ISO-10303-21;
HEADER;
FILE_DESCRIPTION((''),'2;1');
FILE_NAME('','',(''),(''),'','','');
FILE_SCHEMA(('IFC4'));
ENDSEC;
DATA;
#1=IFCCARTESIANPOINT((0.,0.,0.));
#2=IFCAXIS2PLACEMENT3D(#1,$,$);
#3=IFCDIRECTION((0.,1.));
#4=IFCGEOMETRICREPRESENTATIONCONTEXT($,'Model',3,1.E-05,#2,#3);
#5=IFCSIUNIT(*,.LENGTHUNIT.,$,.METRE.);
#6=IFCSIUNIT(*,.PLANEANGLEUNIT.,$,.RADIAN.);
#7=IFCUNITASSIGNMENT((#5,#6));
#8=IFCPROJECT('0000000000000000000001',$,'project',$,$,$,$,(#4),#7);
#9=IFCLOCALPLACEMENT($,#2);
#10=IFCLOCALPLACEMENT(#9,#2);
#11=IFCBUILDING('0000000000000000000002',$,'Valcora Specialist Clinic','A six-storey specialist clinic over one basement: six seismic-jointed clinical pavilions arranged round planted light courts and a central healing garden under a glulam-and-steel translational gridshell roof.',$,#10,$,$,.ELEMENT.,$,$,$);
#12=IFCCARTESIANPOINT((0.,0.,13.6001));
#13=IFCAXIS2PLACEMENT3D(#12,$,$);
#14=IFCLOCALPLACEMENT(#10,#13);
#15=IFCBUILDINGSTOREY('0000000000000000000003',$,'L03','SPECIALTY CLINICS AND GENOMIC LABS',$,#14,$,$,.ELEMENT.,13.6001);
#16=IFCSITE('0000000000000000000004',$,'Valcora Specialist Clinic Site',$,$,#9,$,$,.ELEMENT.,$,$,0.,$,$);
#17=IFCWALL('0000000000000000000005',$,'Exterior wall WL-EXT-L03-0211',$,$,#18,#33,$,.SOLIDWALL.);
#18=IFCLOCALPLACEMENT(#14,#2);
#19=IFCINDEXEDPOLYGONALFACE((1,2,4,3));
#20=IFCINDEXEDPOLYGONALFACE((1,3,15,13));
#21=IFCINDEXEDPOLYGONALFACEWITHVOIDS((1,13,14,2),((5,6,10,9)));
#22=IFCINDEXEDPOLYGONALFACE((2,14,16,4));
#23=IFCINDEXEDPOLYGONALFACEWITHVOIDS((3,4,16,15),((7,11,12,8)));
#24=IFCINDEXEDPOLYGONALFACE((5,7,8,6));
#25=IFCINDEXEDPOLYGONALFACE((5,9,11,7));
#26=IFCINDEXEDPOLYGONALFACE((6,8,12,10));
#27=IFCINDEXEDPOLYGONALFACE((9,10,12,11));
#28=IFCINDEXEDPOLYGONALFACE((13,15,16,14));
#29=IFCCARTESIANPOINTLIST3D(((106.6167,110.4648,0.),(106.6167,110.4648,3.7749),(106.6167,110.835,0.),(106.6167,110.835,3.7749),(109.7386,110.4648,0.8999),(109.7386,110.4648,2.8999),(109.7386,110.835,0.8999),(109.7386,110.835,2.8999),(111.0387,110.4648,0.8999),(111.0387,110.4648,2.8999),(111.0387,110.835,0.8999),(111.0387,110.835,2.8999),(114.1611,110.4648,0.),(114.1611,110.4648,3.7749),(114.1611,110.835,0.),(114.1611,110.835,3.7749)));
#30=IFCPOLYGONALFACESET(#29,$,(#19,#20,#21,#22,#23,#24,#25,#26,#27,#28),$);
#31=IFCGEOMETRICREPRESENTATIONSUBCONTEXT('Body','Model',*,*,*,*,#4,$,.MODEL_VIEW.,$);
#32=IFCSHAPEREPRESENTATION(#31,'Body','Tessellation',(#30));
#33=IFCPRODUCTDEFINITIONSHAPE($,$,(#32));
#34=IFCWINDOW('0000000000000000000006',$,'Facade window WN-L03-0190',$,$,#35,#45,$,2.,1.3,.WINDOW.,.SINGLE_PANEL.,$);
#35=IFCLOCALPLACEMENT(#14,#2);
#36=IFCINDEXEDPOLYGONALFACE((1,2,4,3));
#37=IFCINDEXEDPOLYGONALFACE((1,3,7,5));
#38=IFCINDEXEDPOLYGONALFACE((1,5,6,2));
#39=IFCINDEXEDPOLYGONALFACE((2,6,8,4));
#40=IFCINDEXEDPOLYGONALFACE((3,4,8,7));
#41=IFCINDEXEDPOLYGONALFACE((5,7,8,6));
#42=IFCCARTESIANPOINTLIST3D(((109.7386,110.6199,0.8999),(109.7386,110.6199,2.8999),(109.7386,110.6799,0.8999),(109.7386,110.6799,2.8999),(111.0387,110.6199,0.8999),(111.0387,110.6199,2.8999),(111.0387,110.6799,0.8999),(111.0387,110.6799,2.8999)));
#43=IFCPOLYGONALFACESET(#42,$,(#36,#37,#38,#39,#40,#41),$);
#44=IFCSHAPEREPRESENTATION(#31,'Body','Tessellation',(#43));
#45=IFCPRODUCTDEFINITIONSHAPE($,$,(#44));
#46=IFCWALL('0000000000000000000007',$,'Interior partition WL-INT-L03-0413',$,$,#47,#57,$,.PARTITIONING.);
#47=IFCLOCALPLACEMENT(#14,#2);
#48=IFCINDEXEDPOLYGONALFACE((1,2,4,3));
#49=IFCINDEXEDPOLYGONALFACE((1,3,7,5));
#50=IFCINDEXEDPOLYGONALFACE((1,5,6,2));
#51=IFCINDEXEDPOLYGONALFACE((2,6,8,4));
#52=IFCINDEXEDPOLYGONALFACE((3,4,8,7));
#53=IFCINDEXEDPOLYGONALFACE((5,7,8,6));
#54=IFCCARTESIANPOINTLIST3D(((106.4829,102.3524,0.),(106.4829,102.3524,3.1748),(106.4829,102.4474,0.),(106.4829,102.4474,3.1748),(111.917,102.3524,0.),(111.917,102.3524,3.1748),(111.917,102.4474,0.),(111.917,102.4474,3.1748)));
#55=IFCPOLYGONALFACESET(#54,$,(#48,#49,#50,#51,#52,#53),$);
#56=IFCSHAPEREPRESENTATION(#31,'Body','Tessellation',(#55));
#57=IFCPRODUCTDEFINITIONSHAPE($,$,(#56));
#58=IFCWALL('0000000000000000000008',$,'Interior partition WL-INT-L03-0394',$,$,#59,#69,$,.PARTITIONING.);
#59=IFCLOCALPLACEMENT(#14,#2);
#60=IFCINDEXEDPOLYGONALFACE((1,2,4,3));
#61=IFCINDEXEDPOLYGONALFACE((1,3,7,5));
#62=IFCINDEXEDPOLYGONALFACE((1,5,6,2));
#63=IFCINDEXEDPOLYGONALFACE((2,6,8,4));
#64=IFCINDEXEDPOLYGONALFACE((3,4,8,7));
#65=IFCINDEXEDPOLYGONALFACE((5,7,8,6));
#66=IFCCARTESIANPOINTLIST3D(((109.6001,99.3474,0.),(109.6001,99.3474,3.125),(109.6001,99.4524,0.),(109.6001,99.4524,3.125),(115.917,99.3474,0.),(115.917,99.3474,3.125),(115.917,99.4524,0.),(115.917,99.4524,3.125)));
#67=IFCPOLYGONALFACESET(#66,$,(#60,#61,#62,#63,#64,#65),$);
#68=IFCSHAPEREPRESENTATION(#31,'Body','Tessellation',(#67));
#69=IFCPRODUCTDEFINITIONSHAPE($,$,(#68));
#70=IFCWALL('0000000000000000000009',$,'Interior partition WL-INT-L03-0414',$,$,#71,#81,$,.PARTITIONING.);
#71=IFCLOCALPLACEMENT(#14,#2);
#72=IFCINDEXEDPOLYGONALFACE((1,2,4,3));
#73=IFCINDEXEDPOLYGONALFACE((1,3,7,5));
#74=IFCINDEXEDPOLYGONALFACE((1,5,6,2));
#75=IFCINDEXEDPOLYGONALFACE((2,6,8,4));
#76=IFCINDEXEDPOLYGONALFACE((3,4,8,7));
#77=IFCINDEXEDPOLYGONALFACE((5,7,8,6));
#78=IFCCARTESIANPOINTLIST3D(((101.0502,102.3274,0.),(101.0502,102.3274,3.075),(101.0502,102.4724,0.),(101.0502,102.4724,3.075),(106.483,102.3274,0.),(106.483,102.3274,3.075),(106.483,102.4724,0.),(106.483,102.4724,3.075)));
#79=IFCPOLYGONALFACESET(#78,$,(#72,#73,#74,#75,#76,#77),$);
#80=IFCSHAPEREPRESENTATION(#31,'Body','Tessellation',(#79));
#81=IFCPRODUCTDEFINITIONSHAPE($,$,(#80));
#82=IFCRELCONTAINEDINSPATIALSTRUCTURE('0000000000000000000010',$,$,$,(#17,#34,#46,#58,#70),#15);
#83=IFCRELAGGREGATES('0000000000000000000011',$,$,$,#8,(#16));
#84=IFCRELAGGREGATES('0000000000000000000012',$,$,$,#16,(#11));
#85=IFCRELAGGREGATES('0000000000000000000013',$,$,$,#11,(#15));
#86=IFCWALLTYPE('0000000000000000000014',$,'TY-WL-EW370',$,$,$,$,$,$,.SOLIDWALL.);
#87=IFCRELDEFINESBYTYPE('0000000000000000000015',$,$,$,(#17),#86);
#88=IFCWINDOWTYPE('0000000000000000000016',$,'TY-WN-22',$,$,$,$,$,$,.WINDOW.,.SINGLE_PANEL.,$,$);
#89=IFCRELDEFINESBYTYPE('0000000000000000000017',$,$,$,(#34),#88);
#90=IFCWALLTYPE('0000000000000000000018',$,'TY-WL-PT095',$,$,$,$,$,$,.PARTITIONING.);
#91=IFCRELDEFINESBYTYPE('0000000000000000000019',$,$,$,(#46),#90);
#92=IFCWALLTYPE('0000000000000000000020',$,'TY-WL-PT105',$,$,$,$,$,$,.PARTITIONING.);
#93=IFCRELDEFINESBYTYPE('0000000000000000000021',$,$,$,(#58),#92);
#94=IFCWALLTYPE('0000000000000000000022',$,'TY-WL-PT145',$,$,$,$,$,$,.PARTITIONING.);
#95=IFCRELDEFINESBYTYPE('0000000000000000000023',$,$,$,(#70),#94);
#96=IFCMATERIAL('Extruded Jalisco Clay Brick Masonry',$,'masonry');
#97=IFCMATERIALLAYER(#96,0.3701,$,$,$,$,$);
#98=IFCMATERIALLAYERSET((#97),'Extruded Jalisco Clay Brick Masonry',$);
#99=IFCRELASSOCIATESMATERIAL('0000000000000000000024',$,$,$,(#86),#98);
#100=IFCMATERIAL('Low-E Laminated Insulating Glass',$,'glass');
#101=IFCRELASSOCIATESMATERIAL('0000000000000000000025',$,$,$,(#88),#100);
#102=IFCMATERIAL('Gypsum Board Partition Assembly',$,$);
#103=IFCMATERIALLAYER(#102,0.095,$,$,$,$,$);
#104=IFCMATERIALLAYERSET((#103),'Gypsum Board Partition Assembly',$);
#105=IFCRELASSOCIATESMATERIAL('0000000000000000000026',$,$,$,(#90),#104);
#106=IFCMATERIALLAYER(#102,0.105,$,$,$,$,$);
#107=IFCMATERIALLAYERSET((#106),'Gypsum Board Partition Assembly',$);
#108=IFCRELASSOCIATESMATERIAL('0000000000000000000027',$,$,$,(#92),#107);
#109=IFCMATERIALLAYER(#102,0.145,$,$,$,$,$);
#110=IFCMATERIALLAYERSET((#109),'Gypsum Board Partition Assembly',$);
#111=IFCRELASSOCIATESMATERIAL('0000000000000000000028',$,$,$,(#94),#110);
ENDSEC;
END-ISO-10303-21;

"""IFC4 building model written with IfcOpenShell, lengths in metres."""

from ifc_helpers import new_model, si_unit, direction, frame, frame_2d, origin, place, context, subcontext, project, spatial, rectangle, extrude, material, layer, layer_set, type_object, element, fill, save


model = new_model("IFC4")

# Units and contexts
model_context = context("Model", 3, precision=1e-05, world=origin(), true_north=direction((0.0, 1.0)))
body_context = subcontext(model_context, "Body", "Model", "MODEL_VIEW")
ifc_project = project(units=[si_unit("LENGTHUNIT", "METRE"), si_unit("PLANEANGLEUNIT", "RADIAN")], contexts=[model_context])

# Site, building, storey
site_placement = place(None, origin())
site = spatial("IfcSite", under=ifc_project, at=site_placement, Name="Valcora Specialist Clinic Site", CompositionType="ELEMENT", RefElevation=0.0)
building_placement = place(site_placement, origin())
building = spatial("IfcBuilding", under=site, at=building_placement, Name="Valcora Specialist Clinic", Description="A six-storey specialist clinic over one basement: six seismic-jointed clinical pavilions arranged round planted light courts and a central healing garden under a glulam-and-steel translational gridshell roof.", CompositionType="ELEMENT")
storey_placement = place(building_placement, frame((0.0, 0.0, 13.6001)))
storey = spatial("IfcBuildingStorey", under=building, at=storey_placement, Name="L03", Description="SPECIALTY CLINICS AND GENOMIC LABS", CompositionType="ELEMENT", Elevation=13.6001)

# Wall, opening, window
ifc_material_1 = material(Name="Extruded Jalisco Clay Brick Masonry", Category="masonry")
ifc_material_2 = material(Name="Low-E Laminated Insulating Glass", Category="glass")
ifc_layer_1 = layer(ifc_material_1, 0.3701)
ifc_layer_set_1 = layer_set([ifc_layer_1], Name="Extruded Jalisco Clay Brick Masonry")
wall_type_1 = type_object("IfcWallType", Name="TY-WL-EW370", PredefinedType="SOLIDWALL", material=ifc_layer_set_1)
wall_1_placement = place(storey_placement, frame((106.6167, 110.6499, 0.0), z_axis=(0.0, 0.0, 1.0), x_axis=(1.0, 0.0, 0.0)))
wall_1 = element("IfcWall", 1, at=wall_1_placement, inside=storey, type_object=wall_type_1, Name="Exterior wall WL-EXT-L03-0211", PredefinedType="SOLIDWALL", context=body_context, shape_type="SweptSolid", body=[
    extrude(rectangle(XDim=7.5444, YDim=0.3701, at=frame_2d((3.7722, 0.0))), origin(), (0.0, 0.0, 1.0), 3.7749),
])
opening_1_placement = place(wall_1_placement, frame((3.1221, 0.0, 0.8999)))
opening_1 = element("IfcOpeningElement", 2, at=opening_1_placement, cuts=wall_1, PredefinedType="OPENING", context=body_context, shape_type="SweptSolid", body=[
    extrude(rectangle(XDim=1.3, YDim=2.0, at=frame_2d((0.6499, 1.0))), frame((0.0, 0.1951, 0.0), z_axis=(0.0, -1.0, 0.0), x_axis=(1.0, 0.0, 0.0)), (0.0, 0.0, 1.0), 0.3901),
])
window_type_1 = type_object("IfcWindowType", Name="TY-WN-22", PartitioningType="SINGLE_PANEL", PredefinedType="WINDOW", material=ifc_material_2)
window_1_placement = place(opening_1_placement, origin())
window_1 = element("IfcWindow", 3, at=window_1_placement, inside=storey, type_object=window_type_1, Name="Facade window WN-L03-0190", OverallHeight=2.0, OverallWidth=1.3, PartitioningType="SINGLE_PANEL", PredefinedType="WINDOW", context=body_context, shape_type="SweptSolid", body=[
    extrude(rectangle(XDim=1.3, YDim=2.0, at=frame_2d((0.6499, 1.0))), frame((0.0, 0.03, 0.0), z_axis=(0.0, -1.0, 0.0), x_axis=(1.0, 0.0, 0.0)), (0.0, 0.0, 1.0), 0.0601),
])
fill(opening_1, window_1)

# Walls
ifc_material_3 = material(Name="Gypsum Board Partition Assembly")
ifc_layer_2 = layer(ifc_material_3, 0.095)
ifc_layer_set_2 = layer_set([ifc_layer_2], Name="Gypsum Board Partition Assembly")
wall_type_2 = type_object("IfcWallType", Name="TY-WL-PT095", PredefinedType="PARTITIONING", material=ifc_layer_set_2)
wall_2_placement = place(storey_placement, frame((111.917, 102.3999, 0.0), z_axis=(0.0, 0.0, 1.0), x_axis=(-1.0, 0.0, 0.0)))
element("IfcWall", 4, at=wall_2_placement, inside=storey, type_object=wall_type_2, Name="Interior partition WL-INT-L03-0413", PredefinedType="PARTITIONING", context=body_context, shape_type="SweptSolid", body=[
    extrude(rectangle(XDim=5.4341, YDim=0.095, at=frame_2d((2.717, 0.0))), origin(), (0.0, 0.0, 1.0), 3.1748),
])
ifc_layer_3 = layer(ifc_material_3, 0.105)
ifc_layer_set_3 = layer_set([ifc_layer_3], Name="Gypsum Board Partition Assembly")
wall_type_3 = type_object("IfcWallType", Name="TY-WL-PT105", PredefinedType="PARTITIONING", material=ifc_layer_set_3)
wall_3_placement = place(storey_placement, frame((109.6001, 99.3999, 0.0), z_axis=(0.0, 0.0, 1.0), x_axis=(1.0, 0.0, 0.0)))
element("IfcWall", 5, at=wall_3_placement, inside=storey, type_object=wall_type_3, Name="Interior partition WL-INT-L03-0394", PredefinedType="PARTITIONING", context=body_context, shape_type="SweptSolid", body=[
    extrude(rectangle(XDim=6.3169, YDim=0.105, at=frame_2d((3.1584, 0.0))), origin(), (0.0, 0.0, 1.0), 3.125),
])
ifc_layer_4 = layer(ifc_material_3, 0.145)
ifc_layer_set_4 = layer_set([ifc_layer_4], Name="Gypsum Board Partition Assembly")
wall_type_4 = type_object("IfcWallType", Name="TY-WL-PT145", PredefinedType="PARTITIONING", material=ifc_layer_set_4)
wall_4_placement = place(storey_placement, frame((106.4829, 102.3999, 0.0), z_axis=(0.0, 0.0, 1.0), x_axis=(-1.0, 0.0, 0.0)))
element("IfcWall", 6, at=wall_4_placement, inside=storey, type_object=wall_type_4, Name="Interior partition WL-INT-L03-0414", PredefinedType="PARTITIONING", context=body_context, shape_type="SweptSolid", body=[
    extrude(rectangle(XDim=5.4329, YDim=0.145, at=frame_2d((2.7163, 0.0))), origin(), (0.0, 0.0, 1.0), 3.075),
])

save(model, "model.ifc")
